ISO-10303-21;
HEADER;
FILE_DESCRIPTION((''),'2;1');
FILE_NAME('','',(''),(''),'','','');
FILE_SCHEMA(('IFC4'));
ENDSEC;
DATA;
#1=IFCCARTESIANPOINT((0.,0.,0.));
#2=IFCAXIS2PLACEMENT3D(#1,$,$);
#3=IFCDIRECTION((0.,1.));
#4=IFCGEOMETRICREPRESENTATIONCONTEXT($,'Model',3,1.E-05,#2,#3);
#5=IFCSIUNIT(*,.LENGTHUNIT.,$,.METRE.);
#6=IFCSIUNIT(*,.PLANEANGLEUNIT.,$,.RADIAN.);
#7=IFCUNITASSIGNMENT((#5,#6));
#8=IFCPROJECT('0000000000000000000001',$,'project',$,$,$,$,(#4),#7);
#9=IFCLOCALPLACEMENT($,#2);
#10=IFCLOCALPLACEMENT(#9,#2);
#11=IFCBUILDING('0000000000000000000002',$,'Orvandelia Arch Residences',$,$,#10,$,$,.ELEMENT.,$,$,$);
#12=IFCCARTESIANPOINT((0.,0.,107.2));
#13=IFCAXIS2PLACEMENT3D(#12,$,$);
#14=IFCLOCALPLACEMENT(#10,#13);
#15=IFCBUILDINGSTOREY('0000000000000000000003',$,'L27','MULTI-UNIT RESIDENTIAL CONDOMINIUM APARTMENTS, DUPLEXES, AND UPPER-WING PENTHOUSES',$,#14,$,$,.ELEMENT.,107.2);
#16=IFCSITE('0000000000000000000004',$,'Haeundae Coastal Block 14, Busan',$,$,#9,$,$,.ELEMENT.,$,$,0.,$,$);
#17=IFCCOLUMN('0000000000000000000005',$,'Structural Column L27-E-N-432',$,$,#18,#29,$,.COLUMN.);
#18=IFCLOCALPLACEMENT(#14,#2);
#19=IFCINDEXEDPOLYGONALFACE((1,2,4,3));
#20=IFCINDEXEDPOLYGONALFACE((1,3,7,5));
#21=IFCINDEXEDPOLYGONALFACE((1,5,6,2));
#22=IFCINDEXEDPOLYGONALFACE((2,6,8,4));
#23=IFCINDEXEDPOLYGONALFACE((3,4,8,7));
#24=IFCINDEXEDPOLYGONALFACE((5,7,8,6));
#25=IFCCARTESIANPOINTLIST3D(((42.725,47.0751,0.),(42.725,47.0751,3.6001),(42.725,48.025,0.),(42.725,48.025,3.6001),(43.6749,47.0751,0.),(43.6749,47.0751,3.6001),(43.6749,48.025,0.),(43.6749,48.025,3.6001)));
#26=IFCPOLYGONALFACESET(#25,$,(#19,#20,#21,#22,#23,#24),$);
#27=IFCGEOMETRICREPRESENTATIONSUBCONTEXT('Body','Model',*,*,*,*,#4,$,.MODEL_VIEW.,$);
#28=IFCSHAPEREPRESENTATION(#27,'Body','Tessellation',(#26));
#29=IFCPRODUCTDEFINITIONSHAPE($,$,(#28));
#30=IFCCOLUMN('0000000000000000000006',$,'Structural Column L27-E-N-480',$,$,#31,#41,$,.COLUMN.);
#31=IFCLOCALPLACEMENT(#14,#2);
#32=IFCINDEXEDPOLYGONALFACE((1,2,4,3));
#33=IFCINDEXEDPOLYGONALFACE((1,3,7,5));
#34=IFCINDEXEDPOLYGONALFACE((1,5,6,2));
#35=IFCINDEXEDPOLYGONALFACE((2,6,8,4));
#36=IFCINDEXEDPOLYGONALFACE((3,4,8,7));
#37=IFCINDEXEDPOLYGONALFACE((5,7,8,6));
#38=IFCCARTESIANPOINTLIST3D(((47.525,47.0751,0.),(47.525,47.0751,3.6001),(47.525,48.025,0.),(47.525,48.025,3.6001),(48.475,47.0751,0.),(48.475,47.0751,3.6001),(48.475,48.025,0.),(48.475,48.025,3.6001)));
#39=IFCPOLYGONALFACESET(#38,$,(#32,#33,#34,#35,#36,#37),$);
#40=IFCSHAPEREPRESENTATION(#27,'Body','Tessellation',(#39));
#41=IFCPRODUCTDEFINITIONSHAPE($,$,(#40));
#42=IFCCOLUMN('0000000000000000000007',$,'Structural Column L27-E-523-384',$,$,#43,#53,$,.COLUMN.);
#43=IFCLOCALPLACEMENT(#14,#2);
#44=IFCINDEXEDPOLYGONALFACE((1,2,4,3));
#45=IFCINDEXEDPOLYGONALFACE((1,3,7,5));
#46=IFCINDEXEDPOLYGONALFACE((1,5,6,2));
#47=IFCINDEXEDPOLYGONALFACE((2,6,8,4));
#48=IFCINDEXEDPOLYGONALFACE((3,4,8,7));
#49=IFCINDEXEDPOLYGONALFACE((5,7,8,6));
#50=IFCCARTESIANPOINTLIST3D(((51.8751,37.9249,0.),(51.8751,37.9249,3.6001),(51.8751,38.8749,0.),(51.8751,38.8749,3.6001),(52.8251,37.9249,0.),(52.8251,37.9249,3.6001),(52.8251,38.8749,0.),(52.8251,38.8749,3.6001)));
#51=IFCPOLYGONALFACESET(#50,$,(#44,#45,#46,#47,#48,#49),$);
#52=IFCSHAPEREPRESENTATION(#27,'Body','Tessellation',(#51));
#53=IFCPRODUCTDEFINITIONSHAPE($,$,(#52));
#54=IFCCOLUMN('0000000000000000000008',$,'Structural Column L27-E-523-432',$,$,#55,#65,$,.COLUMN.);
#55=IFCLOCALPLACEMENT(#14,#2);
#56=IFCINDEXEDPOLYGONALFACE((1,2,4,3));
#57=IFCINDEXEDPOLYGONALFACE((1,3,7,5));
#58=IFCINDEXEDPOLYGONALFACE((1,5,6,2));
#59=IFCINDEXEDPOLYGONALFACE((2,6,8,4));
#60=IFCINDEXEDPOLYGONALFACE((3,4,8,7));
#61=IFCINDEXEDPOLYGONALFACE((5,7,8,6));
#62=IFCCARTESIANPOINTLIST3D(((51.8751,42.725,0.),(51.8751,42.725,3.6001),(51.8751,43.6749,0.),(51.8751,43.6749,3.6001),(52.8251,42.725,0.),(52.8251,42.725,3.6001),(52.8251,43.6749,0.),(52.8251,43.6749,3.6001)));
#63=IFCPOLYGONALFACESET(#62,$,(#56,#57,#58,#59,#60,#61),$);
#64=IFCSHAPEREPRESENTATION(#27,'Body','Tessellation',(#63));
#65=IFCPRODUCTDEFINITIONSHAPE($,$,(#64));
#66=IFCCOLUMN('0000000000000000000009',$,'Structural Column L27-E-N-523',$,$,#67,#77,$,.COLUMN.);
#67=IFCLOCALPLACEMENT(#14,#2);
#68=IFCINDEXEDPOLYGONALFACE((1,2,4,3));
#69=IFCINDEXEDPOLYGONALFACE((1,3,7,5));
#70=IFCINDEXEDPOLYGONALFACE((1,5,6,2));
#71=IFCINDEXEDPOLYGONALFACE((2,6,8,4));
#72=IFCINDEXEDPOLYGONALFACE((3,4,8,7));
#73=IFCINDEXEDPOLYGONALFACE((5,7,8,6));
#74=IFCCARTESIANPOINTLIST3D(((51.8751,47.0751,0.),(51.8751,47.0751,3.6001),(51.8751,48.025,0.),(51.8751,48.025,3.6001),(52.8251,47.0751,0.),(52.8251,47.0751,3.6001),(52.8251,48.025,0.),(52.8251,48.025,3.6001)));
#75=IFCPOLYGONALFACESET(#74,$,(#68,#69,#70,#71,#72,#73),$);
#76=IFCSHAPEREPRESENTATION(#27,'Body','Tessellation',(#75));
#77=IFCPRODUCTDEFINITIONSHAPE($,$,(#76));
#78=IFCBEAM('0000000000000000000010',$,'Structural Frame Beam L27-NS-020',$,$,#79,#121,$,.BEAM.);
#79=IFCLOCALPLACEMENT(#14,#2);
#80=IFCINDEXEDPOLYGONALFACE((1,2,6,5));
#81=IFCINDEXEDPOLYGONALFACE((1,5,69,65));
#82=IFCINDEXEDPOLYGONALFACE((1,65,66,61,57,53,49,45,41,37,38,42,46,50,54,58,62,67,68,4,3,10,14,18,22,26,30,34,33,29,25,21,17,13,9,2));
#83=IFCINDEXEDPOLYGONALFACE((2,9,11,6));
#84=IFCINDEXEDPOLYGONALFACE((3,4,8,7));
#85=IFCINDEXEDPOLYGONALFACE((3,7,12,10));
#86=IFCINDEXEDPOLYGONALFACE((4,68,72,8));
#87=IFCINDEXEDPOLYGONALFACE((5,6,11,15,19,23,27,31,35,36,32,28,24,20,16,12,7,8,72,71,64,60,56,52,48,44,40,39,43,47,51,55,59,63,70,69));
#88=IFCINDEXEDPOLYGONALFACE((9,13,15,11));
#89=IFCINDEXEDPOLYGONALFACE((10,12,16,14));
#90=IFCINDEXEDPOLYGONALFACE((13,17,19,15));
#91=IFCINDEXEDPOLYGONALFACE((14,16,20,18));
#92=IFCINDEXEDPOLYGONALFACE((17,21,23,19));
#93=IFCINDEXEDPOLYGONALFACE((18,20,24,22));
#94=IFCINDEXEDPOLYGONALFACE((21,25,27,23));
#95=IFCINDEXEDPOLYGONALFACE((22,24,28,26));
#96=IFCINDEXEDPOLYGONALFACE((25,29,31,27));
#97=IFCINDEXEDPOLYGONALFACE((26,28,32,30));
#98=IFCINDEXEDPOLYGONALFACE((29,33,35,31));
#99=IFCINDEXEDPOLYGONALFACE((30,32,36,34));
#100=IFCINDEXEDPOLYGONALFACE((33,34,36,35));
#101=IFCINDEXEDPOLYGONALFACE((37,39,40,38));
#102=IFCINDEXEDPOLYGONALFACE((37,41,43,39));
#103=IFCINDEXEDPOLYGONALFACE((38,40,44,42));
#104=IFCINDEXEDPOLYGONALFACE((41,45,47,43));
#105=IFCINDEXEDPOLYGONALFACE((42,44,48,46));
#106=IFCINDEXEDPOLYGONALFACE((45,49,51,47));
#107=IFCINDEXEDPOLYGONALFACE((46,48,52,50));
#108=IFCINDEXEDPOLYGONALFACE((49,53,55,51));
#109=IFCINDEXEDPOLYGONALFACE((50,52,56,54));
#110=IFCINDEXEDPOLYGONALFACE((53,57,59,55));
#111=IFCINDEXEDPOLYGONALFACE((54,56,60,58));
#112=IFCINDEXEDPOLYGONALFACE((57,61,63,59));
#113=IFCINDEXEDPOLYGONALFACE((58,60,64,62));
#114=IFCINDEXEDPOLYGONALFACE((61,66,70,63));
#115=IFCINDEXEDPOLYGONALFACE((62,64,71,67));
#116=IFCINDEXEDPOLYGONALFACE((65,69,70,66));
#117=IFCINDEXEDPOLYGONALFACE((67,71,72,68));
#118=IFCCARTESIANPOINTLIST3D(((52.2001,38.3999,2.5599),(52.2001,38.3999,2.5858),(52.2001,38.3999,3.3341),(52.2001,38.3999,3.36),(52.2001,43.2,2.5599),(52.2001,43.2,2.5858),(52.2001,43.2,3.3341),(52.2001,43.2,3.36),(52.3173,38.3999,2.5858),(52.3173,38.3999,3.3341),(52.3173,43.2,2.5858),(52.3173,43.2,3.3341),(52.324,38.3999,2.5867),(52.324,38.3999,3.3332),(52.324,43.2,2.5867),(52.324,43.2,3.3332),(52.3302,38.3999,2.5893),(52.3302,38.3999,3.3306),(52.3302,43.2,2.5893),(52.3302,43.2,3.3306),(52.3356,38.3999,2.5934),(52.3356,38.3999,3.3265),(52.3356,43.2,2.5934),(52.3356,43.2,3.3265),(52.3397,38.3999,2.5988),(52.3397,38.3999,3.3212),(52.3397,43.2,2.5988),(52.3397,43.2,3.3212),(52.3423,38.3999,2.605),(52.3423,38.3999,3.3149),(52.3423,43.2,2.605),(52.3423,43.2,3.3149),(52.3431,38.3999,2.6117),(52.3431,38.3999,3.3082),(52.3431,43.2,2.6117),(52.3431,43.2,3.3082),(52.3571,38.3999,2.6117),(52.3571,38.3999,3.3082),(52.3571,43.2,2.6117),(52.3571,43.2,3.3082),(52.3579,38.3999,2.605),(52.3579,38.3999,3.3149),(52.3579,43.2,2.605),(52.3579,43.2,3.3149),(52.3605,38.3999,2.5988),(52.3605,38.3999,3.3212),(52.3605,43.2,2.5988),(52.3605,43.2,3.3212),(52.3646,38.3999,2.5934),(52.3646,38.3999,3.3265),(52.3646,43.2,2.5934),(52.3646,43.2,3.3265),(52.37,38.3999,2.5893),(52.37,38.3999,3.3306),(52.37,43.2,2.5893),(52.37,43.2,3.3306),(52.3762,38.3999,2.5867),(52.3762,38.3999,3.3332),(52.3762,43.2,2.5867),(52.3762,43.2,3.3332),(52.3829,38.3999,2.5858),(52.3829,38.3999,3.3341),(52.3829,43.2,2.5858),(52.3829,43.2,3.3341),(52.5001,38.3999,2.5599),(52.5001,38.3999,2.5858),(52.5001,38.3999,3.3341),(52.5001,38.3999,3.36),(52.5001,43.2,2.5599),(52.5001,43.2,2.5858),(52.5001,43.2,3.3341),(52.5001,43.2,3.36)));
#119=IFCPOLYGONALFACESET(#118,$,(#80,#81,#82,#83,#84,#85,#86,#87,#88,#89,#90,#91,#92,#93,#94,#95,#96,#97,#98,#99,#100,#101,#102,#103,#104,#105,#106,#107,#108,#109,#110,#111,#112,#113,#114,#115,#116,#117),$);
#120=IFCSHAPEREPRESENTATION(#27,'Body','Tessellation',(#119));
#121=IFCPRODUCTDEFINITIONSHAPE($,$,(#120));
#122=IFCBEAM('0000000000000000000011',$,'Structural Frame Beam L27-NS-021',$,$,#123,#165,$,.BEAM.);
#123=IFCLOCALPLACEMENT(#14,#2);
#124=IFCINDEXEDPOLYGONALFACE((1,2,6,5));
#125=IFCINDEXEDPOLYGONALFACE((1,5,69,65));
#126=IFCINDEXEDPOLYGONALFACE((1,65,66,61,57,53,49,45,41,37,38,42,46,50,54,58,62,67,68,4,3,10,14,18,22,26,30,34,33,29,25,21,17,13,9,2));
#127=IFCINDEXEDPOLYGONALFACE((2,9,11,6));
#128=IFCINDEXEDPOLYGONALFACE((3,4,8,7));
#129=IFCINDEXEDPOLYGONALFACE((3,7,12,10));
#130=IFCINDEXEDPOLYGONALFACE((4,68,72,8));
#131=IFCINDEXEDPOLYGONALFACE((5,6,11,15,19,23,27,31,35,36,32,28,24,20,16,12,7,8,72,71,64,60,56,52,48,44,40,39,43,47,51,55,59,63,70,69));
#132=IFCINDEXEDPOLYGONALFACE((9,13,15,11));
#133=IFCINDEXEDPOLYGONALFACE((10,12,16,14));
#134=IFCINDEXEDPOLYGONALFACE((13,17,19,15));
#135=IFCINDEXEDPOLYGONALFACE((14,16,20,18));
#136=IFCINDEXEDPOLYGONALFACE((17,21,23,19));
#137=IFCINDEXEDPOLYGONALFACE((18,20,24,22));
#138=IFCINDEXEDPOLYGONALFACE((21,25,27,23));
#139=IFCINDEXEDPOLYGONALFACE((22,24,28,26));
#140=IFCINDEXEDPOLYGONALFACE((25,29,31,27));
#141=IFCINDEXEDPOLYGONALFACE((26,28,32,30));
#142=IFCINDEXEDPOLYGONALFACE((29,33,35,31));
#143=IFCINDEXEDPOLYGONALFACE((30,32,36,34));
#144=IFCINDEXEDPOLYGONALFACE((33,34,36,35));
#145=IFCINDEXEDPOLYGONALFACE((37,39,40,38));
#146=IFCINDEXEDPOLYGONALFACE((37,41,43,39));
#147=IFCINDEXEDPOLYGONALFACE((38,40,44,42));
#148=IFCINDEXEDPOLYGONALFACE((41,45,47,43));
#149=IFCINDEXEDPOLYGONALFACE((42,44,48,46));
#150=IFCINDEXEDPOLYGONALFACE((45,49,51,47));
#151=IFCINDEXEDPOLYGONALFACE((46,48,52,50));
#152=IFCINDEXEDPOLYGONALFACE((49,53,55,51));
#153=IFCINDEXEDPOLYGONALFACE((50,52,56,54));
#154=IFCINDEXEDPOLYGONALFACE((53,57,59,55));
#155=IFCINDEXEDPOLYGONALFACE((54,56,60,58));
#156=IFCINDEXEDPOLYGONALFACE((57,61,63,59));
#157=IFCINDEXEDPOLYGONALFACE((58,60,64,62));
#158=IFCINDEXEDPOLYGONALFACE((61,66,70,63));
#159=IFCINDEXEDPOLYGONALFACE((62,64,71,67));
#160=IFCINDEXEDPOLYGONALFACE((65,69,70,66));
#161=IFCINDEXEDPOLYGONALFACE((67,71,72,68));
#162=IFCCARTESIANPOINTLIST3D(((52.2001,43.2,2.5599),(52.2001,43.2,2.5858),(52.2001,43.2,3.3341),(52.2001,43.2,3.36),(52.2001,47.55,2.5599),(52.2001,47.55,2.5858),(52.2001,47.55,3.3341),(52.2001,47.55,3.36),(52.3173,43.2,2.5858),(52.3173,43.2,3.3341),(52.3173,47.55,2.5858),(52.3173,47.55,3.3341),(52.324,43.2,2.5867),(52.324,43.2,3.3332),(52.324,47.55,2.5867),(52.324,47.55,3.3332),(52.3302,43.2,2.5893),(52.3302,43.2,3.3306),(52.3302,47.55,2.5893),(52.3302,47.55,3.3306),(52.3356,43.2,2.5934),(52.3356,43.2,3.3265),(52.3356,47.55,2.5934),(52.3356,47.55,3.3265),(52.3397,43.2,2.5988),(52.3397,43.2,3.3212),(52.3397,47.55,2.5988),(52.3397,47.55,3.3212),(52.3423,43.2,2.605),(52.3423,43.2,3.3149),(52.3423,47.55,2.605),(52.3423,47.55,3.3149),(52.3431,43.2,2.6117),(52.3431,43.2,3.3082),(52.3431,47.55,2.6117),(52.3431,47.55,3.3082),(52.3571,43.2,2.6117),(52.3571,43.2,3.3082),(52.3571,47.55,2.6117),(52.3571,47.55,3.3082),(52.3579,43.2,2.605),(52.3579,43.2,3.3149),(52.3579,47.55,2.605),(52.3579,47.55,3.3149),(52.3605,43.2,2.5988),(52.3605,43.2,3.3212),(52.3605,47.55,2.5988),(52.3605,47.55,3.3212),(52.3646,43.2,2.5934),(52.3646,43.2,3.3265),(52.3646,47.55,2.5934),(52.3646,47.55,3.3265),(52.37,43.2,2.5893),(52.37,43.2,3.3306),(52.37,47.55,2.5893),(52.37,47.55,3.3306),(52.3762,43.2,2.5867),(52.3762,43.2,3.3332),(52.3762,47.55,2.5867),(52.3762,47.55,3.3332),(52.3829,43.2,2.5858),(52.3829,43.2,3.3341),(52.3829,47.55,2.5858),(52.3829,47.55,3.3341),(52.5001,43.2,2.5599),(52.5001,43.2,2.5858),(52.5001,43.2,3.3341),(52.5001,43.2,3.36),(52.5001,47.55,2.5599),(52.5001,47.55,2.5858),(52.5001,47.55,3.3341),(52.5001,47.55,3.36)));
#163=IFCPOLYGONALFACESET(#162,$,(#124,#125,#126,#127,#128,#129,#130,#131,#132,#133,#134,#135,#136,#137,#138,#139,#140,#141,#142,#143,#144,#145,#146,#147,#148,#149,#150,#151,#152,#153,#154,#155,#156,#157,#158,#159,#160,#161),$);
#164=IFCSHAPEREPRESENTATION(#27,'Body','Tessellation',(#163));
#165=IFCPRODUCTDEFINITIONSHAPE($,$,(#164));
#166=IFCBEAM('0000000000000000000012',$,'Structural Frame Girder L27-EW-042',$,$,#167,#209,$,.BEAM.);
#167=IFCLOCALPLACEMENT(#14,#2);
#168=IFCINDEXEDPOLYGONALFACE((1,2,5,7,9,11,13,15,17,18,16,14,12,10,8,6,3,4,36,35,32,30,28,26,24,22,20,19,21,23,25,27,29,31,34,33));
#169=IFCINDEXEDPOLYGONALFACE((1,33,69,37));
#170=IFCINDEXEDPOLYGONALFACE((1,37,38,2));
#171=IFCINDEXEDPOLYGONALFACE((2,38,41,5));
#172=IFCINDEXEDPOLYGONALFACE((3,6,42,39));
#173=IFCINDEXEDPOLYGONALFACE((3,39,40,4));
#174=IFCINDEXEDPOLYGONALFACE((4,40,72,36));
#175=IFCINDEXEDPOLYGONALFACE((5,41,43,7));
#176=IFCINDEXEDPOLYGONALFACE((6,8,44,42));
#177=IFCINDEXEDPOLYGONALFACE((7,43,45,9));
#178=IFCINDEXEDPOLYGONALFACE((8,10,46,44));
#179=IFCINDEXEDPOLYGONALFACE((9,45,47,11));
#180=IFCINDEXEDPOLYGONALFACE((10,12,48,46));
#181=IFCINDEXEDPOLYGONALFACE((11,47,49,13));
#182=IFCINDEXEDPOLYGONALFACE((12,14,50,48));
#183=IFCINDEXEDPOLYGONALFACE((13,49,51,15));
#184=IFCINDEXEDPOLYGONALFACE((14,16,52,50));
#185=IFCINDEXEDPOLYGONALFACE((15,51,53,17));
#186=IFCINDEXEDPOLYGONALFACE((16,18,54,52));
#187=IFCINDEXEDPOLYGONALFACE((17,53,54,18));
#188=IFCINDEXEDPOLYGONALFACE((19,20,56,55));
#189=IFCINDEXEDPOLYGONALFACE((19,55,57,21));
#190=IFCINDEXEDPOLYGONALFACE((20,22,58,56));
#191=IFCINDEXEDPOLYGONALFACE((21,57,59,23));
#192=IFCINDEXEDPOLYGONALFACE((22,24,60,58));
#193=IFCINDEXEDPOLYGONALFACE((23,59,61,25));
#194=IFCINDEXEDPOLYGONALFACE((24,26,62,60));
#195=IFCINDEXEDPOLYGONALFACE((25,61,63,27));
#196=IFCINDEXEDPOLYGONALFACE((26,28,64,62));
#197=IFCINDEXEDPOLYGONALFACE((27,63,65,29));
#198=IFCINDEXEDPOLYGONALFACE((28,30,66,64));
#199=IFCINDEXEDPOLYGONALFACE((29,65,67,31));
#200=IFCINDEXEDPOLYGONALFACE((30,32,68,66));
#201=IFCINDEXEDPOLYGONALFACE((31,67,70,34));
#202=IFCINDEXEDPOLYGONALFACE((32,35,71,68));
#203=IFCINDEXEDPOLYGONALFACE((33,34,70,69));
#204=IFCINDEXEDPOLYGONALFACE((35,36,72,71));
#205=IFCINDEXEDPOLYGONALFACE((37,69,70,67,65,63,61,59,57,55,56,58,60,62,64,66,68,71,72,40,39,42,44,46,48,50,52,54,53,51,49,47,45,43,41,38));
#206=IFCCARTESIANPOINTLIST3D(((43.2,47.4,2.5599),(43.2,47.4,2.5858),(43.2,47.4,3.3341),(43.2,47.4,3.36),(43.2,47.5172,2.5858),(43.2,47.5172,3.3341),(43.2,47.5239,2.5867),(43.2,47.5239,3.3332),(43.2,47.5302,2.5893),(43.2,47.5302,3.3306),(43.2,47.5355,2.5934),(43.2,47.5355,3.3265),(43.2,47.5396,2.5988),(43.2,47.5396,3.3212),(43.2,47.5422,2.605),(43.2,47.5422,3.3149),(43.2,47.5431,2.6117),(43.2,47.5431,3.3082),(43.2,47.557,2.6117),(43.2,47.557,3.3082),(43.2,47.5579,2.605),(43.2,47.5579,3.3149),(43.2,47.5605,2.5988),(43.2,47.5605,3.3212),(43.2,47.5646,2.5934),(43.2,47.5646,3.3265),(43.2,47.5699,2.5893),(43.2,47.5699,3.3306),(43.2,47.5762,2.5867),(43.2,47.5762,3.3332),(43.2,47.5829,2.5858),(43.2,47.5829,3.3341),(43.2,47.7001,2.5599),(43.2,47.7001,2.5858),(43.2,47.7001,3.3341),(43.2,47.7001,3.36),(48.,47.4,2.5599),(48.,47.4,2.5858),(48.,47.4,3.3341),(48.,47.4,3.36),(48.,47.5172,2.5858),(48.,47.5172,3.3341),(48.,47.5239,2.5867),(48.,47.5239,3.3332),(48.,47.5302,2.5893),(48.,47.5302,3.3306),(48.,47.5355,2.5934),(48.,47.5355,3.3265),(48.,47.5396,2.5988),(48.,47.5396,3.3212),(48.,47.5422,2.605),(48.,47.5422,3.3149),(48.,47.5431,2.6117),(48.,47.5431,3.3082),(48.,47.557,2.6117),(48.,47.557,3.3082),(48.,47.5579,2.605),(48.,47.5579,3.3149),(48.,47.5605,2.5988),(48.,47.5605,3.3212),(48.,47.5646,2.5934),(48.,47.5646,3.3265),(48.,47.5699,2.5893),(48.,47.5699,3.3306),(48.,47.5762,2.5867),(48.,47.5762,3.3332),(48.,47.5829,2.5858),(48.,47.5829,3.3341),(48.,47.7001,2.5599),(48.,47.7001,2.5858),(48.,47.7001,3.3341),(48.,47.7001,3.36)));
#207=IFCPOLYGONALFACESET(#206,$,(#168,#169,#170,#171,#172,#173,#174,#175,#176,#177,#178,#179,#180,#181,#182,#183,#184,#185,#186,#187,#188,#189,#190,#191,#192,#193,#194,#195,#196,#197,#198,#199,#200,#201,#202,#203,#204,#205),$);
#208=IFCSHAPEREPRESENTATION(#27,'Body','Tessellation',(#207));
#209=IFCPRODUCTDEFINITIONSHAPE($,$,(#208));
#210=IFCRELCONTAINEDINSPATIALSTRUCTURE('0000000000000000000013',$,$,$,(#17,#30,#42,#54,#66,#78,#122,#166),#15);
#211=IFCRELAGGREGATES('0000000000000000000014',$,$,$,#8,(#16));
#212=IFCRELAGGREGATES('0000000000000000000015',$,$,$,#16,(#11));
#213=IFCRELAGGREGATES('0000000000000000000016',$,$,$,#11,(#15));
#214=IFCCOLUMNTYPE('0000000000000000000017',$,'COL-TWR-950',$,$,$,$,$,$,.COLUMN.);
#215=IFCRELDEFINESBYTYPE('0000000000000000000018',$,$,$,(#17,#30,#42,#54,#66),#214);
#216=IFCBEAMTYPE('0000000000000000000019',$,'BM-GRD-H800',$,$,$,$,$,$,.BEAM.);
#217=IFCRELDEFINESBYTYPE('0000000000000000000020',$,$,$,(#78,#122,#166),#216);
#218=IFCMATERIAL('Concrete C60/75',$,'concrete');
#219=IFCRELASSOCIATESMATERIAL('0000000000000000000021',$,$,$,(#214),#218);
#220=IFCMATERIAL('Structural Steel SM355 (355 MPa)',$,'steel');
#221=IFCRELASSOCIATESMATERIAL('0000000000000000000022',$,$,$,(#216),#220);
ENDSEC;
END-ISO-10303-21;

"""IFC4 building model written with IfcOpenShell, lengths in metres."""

from ifc_helpers import new_model, si_unit, direction, frame, origin, origin_2d, place, context, subcontext, project, spatial, rectangle, i_section, extrude, material, material_profile, profile_set, type_object, element, save


model = new_model("IFC4")

# Units and contexts
model_context = context("Model", 3, precision=1e-05, world=origin(), true_north=direction((0.0, 1.0)))
body_context = subcontext(model_context, "Body", "Model", "MODEL_VIEW")
ifc_project = project(units=[si_unit("LENGTHUNIT", "METRE"), si_unit("PLANEANGLEUNIT", "RADIAN")], contexts=[model_context])

# Site, building, storey
site_placement = place(None, origin())
site = spatial("IfcSite", under=ifc_project, at=site_placement, Name="Haeundae Coastal Block 14, Busan", CompositionType="ELEMENT", RefElevation=0.0)
building_placement = place(site_placement, origin())
building = spatial("IfcBuilding", under=site, at=building_placement, Name="Orvandelia Arch Residences", CompositionType="ELEMENT")
storey_placement = place(building_placement, frame((0.0, 0.0, 107.2)))
storey = spatial("IfcBuildingStorey", under=building, at=storey_placement, Name="L27", Description="MULTI-UNIT RESIDENTIAL CONDOMINIUM APARTMENTS, DUPLEXES, AND UPPER-WING PENTHOUSES", CompositionType="ELEMENT", Elevation=107.2)

# Columns
ifc_material_1 = material(Name="Concrete C60/75", Category="concrete")
ifc_material_profile_1 = material_profile(ifc_material_1, rectangle(XDim=0.95, YDim=0.95, at=origin_2d()), Name="Concrete C60/75", Category="concrete")
ifc_profile_set_1 = profile_set([ifc_material_profile_1], Name="Concrete C60/75")
column_type = type_object("IfcColumnType", Name="COL-TWR-950", PredefinedType="COLUMN", material=ifc_profile_set_1)
for number, where, z_axis, x_axis, name in (
    (1, (43.2, 47.55, 0.0), (0.0, 0.0, 1.0), (1.0, 0.0, 0.0), "Structural Column L27-E-N-432"),
    (2, (48.0, 47.55, 0.0), (0.0, 0.0, 1.0), (1.0, 0.0, 0.0), "Structural Column L27-E-N-480"),
    (3, (52.3501, 38.3999, 0.0), (0.0, 0.0, 1.0), (1.0, 0.0, 0.0), "Structural Column L27-E-523-384"),
    (4, (52.3501, 43.2, 0.0), (0.0, 0.0, 1.0), (1.0, 0.0, 0.0), "Structural Column L27-E-523-432"),
    (5, (52.3501, 47.55, 0.0), (0.0, 0.0, 1.0), (1.0, 0.0, 0.0), "Structural Column L27-E-N-523"),
):
    element("IfcColumn", number, at=place(storey_placement, frame(where, z_axis=z_axis, x_axis=x_axis)), inside=storey, type_object=column_type, Name=name, PredefinedType="COLUMN", context=body_context, shape_type="SweptSolid", body=[
        extrude(rectangle(XDim=0.95, YDim=0.95, at=origin_2d()), origin(), (0.0, 0.0, 1.0), 3.6001),
    ])

# Beams
ifc_material_2 = material(Name="Structural Steel SM355 (355 MPa)", Category="steel")
ifc_material_profile_2 = material_profile(ifc_material_2, i_section(OverallWidth=0.3, OverallDepth=0.8, WebThickness=0.0139, FlangeThickness=0.0259, FilletRadius=0.0259, at=origin_2d()), Name="Structural Steel SM355 (355 MPa)", Category="steel")
ifc_profile_set_2 = profile_set([ifc_material_profile_2], Name="Structural Steel SM355 (355 MPa)")
beam_type = type_object("IfcBeamType", Name="BM-GRD-H800", PredefinedType="BEAM", material=ifc_profile_set_2)
beam_1_placement = place(storey_placement, frame((52.3501, 38.3999, 2.96), z_axis=(0.0, 1.0, 0.0), x_axis=(-1.0, 0.0, 0.0)))
element("IfcBeam", 6, at=beam_1_placement, inside=storey, type_object=beam_type, Name="Structural Frame Beam L27-NS-020", PredefinedType="BEAM", context=body_context, shape_type="SweptSolid", body=[
    extrude(i_section(OverallWidth=0.3, OverallDepth=0.8, WebThickness=0.0139, FlangeThickness=0.0259, FilletRadius=0.0259, at=origin_2d()), origin(), (0.0, 0.0, 1.0), 4.8),
])
beam_2_placement = place(storey_placement, frame((52.3501, 43.2, 2.96), z_axis=(0.0, 1.0, 0.0), x_axis=(-1.0, 0.0, 0.0)))
element("IfcBeam", 7, at=beam_2_placement, inside=storey, type_object=beam_type, Name="Structural Frame Beam L27-NS-021", PredefinedType="BEAM", context=body_context, shape_type="SweptSolid", body=[
    extrude(i_section(OverallWidth=0.3, OverallDepth=0.8, WebThickness=0.0139, FlangeThickness=0.0259, FilletRadius=0.0259, at=origin_2d()), origin(), (0.0, 0.0, 1.0), 4.3501),
])
beam_3_placement = place(storey_placement, frame((43.2, 47.55, 2.96), z_axis=(1.0, 0.0, 0.0), x_axis=(0.0, 1.0, 0.0)))
element("IfcBeam", 8, at=beam_3_placement, inside=storey, type_object=beam_type, Name="Structural Frame Girder L27-EW-042", PredefinedType="BEAM", context=body_context, shape_type="SweptSolid", body=[
    extrude(i_section(OverallWidth=0.3, OverallDepth=0.8, WebThickness=0.0139, FlangeThickness=0.0259, FilletRadius=0.0259, at=origin_2d()), origin(), (0.0, 0.0, 1.0), 4.8),
])

save(model, "model.ifc")
